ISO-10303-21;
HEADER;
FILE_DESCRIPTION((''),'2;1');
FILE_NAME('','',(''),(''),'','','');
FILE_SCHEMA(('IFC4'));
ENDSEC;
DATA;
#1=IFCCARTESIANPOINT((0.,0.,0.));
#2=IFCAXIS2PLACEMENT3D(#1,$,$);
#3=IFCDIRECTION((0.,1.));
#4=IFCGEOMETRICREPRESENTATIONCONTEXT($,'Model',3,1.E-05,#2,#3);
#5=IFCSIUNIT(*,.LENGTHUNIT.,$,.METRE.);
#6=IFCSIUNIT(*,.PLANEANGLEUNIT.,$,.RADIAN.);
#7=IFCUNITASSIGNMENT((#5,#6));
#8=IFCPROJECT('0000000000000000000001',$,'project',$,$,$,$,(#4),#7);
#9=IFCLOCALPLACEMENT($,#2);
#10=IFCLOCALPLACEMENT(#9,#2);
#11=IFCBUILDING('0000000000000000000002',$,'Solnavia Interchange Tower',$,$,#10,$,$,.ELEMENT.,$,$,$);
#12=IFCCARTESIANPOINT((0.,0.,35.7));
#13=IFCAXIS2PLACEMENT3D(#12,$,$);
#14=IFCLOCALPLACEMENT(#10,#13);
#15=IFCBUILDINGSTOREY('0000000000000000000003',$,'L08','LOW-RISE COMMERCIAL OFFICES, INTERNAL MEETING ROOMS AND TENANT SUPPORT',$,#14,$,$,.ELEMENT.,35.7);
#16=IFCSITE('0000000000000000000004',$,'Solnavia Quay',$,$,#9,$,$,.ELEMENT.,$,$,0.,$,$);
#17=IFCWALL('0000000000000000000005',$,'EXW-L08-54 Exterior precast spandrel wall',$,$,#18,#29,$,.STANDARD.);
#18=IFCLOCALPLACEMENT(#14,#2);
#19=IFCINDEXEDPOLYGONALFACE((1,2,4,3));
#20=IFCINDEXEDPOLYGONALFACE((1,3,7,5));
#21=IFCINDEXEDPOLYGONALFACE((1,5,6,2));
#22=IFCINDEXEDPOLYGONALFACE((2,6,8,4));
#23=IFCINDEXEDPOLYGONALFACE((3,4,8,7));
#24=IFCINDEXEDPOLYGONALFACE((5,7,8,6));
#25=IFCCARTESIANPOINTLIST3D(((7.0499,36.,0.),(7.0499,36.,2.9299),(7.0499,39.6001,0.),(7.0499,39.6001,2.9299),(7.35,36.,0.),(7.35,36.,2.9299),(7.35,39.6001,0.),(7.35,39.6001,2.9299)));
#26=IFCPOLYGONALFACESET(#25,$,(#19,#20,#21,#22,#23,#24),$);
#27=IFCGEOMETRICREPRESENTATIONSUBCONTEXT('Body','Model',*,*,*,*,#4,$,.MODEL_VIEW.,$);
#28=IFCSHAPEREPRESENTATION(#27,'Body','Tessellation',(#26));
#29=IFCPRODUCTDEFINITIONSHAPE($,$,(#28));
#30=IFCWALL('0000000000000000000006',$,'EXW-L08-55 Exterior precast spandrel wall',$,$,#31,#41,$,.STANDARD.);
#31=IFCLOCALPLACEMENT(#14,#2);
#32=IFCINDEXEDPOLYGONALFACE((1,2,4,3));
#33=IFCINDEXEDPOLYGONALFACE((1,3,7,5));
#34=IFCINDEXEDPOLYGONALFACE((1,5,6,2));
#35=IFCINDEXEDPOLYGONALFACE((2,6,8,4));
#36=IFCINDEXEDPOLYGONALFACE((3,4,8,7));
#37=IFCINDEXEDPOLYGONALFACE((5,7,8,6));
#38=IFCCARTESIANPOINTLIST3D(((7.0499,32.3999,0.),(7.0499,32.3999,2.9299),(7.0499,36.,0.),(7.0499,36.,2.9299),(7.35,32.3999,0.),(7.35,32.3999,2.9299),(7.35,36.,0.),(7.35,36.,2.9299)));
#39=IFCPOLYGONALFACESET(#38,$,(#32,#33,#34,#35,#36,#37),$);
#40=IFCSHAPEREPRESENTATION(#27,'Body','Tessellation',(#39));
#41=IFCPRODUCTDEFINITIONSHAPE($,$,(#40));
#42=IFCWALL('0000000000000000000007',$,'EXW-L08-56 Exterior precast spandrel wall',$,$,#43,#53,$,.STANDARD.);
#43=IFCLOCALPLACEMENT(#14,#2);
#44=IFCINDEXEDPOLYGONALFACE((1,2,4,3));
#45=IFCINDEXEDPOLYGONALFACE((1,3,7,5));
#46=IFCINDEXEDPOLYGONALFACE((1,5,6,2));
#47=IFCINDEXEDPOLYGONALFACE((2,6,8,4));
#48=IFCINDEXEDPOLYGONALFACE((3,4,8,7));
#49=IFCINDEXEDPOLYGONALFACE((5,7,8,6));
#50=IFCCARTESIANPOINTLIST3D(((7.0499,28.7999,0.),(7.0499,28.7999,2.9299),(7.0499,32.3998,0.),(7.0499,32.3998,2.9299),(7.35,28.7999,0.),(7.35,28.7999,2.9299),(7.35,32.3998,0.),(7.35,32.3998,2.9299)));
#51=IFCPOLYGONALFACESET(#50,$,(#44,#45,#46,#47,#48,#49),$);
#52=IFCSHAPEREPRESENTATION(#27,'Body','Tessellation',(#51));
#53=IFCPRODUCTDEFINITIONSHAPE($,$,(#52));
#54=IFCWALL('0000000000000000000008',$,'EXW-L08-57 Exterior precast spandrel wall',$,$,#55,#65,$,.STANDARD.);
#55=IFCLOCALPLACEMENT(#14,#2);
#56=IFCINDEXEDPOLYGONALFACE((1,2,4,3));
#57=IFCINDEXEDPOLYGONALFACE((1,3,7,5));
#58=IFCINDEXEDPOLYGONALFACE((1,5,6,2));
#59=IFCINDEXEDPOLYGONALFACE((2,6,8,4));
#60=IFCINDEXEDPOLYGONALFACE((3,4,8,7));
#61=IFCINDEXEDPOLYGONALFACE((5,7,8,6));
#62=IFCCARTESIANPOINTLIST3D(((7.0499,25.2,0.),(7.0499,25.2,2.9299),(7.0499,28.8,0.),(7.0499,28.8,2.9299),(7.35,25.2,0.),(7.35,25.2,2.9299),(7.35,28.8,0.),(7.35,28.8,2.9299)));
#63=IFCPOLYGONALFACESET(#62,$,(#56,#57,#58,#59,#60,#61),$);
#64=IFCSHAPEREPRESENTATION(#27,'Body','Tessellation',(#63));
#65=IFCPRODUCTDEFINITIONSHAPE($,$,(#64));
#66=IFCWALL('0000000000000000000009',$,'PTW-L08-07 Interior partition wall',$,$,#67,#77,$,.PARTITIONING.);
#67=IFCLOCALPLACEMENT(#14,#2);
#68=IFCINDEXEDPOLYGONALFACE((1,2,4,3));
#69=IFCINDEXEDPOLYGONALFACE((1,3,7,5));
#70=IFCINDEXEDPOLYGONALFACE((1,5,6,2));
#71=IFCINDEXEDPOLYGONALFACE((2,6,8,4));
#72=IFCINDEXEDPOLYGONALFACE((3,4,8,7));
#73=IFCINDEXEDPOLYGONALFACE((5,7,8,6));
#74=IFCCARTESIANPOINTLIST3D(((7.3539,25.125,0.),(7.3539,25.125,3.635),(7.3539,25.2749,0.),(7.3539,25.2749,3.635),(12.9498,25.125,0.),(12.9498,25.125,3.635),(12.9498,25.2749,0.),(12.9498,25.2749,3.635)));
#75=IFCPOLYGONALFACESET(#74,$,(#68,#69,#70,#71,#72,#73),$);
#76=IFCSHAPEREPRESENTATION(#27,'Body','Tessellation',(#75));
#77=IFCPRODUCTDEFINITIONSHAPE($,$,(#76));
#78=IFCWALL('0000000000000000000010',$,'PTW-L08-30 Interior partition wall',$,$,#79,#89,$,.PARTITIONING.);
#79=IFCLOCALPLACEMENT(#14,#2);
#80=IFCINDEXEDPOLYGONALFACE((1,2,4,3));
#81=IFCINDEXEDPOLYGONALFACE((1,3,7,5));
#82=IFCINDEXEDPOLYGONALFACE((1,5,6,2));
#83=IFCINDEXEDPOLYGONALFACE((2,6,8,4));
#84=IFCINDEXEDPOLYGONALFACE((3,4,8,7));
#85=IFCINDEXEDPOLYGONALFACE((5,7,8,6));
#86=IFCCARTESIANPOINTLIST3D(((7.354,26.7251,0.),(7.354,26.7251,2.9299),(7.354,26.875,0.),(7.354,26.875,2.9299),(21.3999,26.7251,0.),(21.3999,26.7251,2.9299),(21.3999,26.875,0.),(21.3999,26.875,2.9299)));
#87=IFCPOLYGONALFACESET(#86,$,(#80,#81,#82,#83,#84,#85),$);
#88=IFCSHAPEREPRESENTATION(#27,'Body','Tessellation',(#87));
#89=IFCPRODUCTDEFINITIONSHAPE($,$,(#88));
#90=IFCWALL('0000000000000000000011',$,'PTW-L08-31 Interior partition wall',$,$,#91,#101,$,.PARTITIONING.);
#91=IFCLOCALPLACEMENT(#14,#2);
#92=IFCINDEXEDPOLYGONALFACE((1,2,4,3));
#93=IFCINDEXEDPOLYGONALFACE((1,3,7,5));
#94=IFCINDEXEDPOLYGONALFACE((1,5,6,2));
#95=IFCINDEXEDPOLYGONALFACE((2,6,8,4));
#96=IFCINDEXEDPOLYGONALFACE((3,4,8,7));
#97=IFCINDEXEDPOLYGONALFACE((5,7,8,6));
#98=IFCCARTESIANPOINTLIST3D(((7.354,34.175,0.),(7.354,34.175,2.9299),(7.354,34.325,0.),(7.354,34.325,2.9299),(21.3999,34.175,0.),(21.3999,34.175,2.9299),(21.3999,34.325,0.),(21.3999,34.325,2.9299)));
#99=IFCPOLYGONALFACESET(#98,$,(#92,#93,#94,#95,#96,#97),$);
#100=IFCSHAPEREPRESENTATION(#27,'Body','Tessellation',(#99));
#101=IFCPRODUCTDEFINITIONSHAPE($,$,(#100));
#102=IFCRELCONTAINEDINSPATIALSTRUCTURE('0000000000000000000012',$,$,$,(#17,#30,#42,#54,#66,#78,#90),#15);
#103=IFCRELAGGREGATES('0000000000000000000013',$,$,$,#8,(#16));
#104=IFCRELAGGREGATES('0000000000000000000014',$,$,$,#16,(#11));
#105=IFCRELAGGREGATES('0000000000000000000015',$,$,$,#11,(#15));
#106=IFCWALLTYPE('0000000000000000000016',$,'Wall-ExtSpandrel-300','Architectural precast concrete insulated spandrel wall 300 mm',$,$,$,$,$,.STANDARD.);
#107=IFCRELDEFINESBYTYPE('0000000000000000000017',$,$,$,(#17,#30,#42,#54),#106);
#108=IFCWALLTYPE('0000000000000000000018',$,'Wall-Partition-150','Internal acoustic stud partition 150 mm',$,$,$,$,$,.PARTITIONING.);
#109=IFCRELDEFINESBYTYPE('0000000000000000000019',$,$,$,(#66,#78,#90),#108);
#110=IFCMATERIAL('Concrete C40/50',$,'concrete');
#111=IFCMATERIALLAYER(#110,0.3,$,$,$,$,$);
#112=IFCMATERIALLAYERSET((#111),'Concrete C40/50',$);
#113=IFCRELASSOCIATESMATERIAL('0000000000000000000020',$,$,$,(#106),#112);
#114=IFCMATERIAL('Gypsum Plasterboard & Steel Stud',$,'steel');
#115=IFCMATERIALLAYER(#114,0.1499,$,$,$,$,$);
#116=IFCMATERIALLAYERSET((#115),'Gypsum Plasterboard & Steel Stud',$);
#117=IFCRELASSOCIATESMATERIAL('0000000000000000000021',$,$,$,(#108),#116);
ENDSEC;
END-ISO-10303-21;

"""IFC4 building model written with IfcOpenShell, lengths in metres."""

from ifc_helpers import new_model, si_unit, direction, frame, frame_2d, origin, place, context, subcontext, project, spatial, rectangle, extrude, material, layer, layer_set, type_object, element, save


model = new_model("IFC4")

# Units and contexts
model_context = context("Model", 3, precision=1e-05, world=origin(), true_north=direction((0.0, 1.0)))
body_context = subcontext(model_context, "Body", "Model", "MODEL_VIEW")
ifc_project = project(units=[si_unit("LENGTHUNIT", "METRE"), si_unit("PLANEANGLEUNIT", "RADIAN")], contexts=[model_context])

# Site, building, storey
site_placement = place(None, origin())
site = spatial("IfcSite", under=ifc_project, at=site_placement, Name="Solnavia Quay", CompositionType="ELEMENT", RefElevation=0.0)
building_placement = place(site_placement, origin())
building = spatial("IfcBuilding", under=site, at=building_placement, Name="Solnavia Interchange Tower", CompositionType="ELEMENT")
storey_placement = place(building_placement, frame((0.0, 0.0, 35.7)))
storey = spatial("IfcBuildingStorey", under=building, at=storey_placement, Name="L08", Description="LOW-RISE COMMERCIAL OFFICES, INTERNAL MEETING ROOMS AND TENANT SUPPORT", CompositionType="ELEMENT", Elevation=35.7)

# Walls
ifc_material_1 = material(Name="Concrete C40/50", Category="concrete")
ifc_layer_1 = layer(ifc_material_1, 0.3)
ifc_layer_set_1 = layer_set([ifc_layer_1], Name="Concrete C40/50")
wall_type_1 = type_object("IfcWallType", Name="Wall-ExtSpandrel-300", Description="Architectural precast concrete insulated spandrel wall 300 mm", PredefinedType="STANDARD", material=ifc_layer_set_1)
for number, where, z_axis, x_axis, name in (
    (1, (7.2, 36.0, 0.0), (0.0, 0.0, 1.0), (0.0, 1.0, 0.0), "EXW-L08-54 Exterior precast spandrel wall"),
    (2, (7.2, 32.3999, 0.0), (0.0, 0.0, 1.0), (0.0, 1.0, 0.0), "EXW-L08-55 Exterior precast spandrel wall"),
):
    element("IfcWall", number, at=place(storey_placement, frame(where, z_axis=z_axis, x_axis=x_axis)), inside=storey, type_object=wall_type_1, Name=name, PredefinedType="STANDARD", context=body_context, shape_type="SweptSolid", body=[
        extrude(rectangle(XDim=3.6001, YDim=0.3, at=frame_2d((1.8, 0.0))), origin(), (0.0, 0.0, 1.0), 2.9299),
    ])
wall_1_placement = place(storey_placement, frame((7.2, 28.8, 0.0), z_axis=(0.0, 0.0, 1.0), x_axis=(0.0, 1.0, 0.0)))
element("IfcWall", 3, at=wall_1_placement, inside=storey, type_object=wall_type_1, Name="EXW-L08-56 Exterior precast spandrel wall", PredefinedType="STANDARD", context=body_context, shape_type="SweptSolid", body=[
    extrude(rectangle(XDim=3.5999, YDim=0.3, at=frame_2d((1.7998, 0.0))), origin(), (0.0, 0.0, 1.0), 2.9299),
])
wall_2_placement = place(storey_placement, frame((7.2, 25.2, 0.0), z_axis=(0.0, 0.0, 1.0), x_axis=(0.0, 1.0, 0.0)))
element("IfcWall", 4, at=wall_2_placement, inside=storey, type_object=wall_type_1, Name="EXW-L08-57 Exterior precast spandrel wall", PredefinedType="STANDARD", context=body_context, shape_type="SweptSolid", body=[
    extrude(rectangle(XDim=3.6001, YDim=0.3, at=frame_2d((1.8, 0.0))), origin(), (0.0, 0.0, 1.0), 2.9299),
])
ifc_material_2 = material(Name="Gypsum Plasterboard & Steel Stud", Category="steel")
ifc_layer_2 = layer(ifc_material_2, 0.1499)
ifc_layer_set_2 = layer_set([ifc_layer_2], Name="Gypsum Plasterboard & Steel Stud")
wall_type_2 = type_object("IfcWallType", Name="Wall-Partition-150", Description="Internal acoustic stud partition 150 mm", PredefinedType="PARTITIONING", material=ifc_layer_set_2)
wall_3_placement = place(storey_placement, frame((7.354, 25.2, 0.0), z_axis=(0.0, 0.0, 1.0), x_axis=(1.0, 0.0, 0.0)))
element("IfcWall", 5, at=wall_3_placement, inside=storey, type_object=wall_type_2, Name="PTW-L08-07 Interior partition wall", PredefinedType="PARTITIONING", context=body_context, shape_type="SweptSolid", body=[
    extrude(rectangle(XDim=5.5959, YDim=0.1499, at=frame_2d((2.7979, 0.0))), origin(), (0.0, 0.0, 1.0), 3.635),
])
for number, where, z_axis, x_axis, name in (
    (6, (7.354, 26.8, 0.0), (0.0, 0.0, 1.0), (1.0, 0.0, 0.0), "PTW-L08-30 Interior partition wall"),
    (7, (7.354, 34.25, 0.0), (0.0, 0.0, 1.0), (1.0, 0.0, 0.0), "PTW-L08-31 Interior partition wall"),
):
    element("IfcWall", number, at=place(storey_placement, frame(where, z_axis=z_axis, x_axis=x_axis)), inside=storey, type_object=wall_type_2, Name=name, PredefinedType="PARTITIONING", context=body_context, shape_type="SweptSolid", body=[
        extrude(rectangle(XDim=14.0459, YDim=0.1499, at=frame_2d((7.0229, 0.0))), origin(), (0.0, 0.0, 1.0), 2.9299),
    ])

save(model, "model.ifc")
